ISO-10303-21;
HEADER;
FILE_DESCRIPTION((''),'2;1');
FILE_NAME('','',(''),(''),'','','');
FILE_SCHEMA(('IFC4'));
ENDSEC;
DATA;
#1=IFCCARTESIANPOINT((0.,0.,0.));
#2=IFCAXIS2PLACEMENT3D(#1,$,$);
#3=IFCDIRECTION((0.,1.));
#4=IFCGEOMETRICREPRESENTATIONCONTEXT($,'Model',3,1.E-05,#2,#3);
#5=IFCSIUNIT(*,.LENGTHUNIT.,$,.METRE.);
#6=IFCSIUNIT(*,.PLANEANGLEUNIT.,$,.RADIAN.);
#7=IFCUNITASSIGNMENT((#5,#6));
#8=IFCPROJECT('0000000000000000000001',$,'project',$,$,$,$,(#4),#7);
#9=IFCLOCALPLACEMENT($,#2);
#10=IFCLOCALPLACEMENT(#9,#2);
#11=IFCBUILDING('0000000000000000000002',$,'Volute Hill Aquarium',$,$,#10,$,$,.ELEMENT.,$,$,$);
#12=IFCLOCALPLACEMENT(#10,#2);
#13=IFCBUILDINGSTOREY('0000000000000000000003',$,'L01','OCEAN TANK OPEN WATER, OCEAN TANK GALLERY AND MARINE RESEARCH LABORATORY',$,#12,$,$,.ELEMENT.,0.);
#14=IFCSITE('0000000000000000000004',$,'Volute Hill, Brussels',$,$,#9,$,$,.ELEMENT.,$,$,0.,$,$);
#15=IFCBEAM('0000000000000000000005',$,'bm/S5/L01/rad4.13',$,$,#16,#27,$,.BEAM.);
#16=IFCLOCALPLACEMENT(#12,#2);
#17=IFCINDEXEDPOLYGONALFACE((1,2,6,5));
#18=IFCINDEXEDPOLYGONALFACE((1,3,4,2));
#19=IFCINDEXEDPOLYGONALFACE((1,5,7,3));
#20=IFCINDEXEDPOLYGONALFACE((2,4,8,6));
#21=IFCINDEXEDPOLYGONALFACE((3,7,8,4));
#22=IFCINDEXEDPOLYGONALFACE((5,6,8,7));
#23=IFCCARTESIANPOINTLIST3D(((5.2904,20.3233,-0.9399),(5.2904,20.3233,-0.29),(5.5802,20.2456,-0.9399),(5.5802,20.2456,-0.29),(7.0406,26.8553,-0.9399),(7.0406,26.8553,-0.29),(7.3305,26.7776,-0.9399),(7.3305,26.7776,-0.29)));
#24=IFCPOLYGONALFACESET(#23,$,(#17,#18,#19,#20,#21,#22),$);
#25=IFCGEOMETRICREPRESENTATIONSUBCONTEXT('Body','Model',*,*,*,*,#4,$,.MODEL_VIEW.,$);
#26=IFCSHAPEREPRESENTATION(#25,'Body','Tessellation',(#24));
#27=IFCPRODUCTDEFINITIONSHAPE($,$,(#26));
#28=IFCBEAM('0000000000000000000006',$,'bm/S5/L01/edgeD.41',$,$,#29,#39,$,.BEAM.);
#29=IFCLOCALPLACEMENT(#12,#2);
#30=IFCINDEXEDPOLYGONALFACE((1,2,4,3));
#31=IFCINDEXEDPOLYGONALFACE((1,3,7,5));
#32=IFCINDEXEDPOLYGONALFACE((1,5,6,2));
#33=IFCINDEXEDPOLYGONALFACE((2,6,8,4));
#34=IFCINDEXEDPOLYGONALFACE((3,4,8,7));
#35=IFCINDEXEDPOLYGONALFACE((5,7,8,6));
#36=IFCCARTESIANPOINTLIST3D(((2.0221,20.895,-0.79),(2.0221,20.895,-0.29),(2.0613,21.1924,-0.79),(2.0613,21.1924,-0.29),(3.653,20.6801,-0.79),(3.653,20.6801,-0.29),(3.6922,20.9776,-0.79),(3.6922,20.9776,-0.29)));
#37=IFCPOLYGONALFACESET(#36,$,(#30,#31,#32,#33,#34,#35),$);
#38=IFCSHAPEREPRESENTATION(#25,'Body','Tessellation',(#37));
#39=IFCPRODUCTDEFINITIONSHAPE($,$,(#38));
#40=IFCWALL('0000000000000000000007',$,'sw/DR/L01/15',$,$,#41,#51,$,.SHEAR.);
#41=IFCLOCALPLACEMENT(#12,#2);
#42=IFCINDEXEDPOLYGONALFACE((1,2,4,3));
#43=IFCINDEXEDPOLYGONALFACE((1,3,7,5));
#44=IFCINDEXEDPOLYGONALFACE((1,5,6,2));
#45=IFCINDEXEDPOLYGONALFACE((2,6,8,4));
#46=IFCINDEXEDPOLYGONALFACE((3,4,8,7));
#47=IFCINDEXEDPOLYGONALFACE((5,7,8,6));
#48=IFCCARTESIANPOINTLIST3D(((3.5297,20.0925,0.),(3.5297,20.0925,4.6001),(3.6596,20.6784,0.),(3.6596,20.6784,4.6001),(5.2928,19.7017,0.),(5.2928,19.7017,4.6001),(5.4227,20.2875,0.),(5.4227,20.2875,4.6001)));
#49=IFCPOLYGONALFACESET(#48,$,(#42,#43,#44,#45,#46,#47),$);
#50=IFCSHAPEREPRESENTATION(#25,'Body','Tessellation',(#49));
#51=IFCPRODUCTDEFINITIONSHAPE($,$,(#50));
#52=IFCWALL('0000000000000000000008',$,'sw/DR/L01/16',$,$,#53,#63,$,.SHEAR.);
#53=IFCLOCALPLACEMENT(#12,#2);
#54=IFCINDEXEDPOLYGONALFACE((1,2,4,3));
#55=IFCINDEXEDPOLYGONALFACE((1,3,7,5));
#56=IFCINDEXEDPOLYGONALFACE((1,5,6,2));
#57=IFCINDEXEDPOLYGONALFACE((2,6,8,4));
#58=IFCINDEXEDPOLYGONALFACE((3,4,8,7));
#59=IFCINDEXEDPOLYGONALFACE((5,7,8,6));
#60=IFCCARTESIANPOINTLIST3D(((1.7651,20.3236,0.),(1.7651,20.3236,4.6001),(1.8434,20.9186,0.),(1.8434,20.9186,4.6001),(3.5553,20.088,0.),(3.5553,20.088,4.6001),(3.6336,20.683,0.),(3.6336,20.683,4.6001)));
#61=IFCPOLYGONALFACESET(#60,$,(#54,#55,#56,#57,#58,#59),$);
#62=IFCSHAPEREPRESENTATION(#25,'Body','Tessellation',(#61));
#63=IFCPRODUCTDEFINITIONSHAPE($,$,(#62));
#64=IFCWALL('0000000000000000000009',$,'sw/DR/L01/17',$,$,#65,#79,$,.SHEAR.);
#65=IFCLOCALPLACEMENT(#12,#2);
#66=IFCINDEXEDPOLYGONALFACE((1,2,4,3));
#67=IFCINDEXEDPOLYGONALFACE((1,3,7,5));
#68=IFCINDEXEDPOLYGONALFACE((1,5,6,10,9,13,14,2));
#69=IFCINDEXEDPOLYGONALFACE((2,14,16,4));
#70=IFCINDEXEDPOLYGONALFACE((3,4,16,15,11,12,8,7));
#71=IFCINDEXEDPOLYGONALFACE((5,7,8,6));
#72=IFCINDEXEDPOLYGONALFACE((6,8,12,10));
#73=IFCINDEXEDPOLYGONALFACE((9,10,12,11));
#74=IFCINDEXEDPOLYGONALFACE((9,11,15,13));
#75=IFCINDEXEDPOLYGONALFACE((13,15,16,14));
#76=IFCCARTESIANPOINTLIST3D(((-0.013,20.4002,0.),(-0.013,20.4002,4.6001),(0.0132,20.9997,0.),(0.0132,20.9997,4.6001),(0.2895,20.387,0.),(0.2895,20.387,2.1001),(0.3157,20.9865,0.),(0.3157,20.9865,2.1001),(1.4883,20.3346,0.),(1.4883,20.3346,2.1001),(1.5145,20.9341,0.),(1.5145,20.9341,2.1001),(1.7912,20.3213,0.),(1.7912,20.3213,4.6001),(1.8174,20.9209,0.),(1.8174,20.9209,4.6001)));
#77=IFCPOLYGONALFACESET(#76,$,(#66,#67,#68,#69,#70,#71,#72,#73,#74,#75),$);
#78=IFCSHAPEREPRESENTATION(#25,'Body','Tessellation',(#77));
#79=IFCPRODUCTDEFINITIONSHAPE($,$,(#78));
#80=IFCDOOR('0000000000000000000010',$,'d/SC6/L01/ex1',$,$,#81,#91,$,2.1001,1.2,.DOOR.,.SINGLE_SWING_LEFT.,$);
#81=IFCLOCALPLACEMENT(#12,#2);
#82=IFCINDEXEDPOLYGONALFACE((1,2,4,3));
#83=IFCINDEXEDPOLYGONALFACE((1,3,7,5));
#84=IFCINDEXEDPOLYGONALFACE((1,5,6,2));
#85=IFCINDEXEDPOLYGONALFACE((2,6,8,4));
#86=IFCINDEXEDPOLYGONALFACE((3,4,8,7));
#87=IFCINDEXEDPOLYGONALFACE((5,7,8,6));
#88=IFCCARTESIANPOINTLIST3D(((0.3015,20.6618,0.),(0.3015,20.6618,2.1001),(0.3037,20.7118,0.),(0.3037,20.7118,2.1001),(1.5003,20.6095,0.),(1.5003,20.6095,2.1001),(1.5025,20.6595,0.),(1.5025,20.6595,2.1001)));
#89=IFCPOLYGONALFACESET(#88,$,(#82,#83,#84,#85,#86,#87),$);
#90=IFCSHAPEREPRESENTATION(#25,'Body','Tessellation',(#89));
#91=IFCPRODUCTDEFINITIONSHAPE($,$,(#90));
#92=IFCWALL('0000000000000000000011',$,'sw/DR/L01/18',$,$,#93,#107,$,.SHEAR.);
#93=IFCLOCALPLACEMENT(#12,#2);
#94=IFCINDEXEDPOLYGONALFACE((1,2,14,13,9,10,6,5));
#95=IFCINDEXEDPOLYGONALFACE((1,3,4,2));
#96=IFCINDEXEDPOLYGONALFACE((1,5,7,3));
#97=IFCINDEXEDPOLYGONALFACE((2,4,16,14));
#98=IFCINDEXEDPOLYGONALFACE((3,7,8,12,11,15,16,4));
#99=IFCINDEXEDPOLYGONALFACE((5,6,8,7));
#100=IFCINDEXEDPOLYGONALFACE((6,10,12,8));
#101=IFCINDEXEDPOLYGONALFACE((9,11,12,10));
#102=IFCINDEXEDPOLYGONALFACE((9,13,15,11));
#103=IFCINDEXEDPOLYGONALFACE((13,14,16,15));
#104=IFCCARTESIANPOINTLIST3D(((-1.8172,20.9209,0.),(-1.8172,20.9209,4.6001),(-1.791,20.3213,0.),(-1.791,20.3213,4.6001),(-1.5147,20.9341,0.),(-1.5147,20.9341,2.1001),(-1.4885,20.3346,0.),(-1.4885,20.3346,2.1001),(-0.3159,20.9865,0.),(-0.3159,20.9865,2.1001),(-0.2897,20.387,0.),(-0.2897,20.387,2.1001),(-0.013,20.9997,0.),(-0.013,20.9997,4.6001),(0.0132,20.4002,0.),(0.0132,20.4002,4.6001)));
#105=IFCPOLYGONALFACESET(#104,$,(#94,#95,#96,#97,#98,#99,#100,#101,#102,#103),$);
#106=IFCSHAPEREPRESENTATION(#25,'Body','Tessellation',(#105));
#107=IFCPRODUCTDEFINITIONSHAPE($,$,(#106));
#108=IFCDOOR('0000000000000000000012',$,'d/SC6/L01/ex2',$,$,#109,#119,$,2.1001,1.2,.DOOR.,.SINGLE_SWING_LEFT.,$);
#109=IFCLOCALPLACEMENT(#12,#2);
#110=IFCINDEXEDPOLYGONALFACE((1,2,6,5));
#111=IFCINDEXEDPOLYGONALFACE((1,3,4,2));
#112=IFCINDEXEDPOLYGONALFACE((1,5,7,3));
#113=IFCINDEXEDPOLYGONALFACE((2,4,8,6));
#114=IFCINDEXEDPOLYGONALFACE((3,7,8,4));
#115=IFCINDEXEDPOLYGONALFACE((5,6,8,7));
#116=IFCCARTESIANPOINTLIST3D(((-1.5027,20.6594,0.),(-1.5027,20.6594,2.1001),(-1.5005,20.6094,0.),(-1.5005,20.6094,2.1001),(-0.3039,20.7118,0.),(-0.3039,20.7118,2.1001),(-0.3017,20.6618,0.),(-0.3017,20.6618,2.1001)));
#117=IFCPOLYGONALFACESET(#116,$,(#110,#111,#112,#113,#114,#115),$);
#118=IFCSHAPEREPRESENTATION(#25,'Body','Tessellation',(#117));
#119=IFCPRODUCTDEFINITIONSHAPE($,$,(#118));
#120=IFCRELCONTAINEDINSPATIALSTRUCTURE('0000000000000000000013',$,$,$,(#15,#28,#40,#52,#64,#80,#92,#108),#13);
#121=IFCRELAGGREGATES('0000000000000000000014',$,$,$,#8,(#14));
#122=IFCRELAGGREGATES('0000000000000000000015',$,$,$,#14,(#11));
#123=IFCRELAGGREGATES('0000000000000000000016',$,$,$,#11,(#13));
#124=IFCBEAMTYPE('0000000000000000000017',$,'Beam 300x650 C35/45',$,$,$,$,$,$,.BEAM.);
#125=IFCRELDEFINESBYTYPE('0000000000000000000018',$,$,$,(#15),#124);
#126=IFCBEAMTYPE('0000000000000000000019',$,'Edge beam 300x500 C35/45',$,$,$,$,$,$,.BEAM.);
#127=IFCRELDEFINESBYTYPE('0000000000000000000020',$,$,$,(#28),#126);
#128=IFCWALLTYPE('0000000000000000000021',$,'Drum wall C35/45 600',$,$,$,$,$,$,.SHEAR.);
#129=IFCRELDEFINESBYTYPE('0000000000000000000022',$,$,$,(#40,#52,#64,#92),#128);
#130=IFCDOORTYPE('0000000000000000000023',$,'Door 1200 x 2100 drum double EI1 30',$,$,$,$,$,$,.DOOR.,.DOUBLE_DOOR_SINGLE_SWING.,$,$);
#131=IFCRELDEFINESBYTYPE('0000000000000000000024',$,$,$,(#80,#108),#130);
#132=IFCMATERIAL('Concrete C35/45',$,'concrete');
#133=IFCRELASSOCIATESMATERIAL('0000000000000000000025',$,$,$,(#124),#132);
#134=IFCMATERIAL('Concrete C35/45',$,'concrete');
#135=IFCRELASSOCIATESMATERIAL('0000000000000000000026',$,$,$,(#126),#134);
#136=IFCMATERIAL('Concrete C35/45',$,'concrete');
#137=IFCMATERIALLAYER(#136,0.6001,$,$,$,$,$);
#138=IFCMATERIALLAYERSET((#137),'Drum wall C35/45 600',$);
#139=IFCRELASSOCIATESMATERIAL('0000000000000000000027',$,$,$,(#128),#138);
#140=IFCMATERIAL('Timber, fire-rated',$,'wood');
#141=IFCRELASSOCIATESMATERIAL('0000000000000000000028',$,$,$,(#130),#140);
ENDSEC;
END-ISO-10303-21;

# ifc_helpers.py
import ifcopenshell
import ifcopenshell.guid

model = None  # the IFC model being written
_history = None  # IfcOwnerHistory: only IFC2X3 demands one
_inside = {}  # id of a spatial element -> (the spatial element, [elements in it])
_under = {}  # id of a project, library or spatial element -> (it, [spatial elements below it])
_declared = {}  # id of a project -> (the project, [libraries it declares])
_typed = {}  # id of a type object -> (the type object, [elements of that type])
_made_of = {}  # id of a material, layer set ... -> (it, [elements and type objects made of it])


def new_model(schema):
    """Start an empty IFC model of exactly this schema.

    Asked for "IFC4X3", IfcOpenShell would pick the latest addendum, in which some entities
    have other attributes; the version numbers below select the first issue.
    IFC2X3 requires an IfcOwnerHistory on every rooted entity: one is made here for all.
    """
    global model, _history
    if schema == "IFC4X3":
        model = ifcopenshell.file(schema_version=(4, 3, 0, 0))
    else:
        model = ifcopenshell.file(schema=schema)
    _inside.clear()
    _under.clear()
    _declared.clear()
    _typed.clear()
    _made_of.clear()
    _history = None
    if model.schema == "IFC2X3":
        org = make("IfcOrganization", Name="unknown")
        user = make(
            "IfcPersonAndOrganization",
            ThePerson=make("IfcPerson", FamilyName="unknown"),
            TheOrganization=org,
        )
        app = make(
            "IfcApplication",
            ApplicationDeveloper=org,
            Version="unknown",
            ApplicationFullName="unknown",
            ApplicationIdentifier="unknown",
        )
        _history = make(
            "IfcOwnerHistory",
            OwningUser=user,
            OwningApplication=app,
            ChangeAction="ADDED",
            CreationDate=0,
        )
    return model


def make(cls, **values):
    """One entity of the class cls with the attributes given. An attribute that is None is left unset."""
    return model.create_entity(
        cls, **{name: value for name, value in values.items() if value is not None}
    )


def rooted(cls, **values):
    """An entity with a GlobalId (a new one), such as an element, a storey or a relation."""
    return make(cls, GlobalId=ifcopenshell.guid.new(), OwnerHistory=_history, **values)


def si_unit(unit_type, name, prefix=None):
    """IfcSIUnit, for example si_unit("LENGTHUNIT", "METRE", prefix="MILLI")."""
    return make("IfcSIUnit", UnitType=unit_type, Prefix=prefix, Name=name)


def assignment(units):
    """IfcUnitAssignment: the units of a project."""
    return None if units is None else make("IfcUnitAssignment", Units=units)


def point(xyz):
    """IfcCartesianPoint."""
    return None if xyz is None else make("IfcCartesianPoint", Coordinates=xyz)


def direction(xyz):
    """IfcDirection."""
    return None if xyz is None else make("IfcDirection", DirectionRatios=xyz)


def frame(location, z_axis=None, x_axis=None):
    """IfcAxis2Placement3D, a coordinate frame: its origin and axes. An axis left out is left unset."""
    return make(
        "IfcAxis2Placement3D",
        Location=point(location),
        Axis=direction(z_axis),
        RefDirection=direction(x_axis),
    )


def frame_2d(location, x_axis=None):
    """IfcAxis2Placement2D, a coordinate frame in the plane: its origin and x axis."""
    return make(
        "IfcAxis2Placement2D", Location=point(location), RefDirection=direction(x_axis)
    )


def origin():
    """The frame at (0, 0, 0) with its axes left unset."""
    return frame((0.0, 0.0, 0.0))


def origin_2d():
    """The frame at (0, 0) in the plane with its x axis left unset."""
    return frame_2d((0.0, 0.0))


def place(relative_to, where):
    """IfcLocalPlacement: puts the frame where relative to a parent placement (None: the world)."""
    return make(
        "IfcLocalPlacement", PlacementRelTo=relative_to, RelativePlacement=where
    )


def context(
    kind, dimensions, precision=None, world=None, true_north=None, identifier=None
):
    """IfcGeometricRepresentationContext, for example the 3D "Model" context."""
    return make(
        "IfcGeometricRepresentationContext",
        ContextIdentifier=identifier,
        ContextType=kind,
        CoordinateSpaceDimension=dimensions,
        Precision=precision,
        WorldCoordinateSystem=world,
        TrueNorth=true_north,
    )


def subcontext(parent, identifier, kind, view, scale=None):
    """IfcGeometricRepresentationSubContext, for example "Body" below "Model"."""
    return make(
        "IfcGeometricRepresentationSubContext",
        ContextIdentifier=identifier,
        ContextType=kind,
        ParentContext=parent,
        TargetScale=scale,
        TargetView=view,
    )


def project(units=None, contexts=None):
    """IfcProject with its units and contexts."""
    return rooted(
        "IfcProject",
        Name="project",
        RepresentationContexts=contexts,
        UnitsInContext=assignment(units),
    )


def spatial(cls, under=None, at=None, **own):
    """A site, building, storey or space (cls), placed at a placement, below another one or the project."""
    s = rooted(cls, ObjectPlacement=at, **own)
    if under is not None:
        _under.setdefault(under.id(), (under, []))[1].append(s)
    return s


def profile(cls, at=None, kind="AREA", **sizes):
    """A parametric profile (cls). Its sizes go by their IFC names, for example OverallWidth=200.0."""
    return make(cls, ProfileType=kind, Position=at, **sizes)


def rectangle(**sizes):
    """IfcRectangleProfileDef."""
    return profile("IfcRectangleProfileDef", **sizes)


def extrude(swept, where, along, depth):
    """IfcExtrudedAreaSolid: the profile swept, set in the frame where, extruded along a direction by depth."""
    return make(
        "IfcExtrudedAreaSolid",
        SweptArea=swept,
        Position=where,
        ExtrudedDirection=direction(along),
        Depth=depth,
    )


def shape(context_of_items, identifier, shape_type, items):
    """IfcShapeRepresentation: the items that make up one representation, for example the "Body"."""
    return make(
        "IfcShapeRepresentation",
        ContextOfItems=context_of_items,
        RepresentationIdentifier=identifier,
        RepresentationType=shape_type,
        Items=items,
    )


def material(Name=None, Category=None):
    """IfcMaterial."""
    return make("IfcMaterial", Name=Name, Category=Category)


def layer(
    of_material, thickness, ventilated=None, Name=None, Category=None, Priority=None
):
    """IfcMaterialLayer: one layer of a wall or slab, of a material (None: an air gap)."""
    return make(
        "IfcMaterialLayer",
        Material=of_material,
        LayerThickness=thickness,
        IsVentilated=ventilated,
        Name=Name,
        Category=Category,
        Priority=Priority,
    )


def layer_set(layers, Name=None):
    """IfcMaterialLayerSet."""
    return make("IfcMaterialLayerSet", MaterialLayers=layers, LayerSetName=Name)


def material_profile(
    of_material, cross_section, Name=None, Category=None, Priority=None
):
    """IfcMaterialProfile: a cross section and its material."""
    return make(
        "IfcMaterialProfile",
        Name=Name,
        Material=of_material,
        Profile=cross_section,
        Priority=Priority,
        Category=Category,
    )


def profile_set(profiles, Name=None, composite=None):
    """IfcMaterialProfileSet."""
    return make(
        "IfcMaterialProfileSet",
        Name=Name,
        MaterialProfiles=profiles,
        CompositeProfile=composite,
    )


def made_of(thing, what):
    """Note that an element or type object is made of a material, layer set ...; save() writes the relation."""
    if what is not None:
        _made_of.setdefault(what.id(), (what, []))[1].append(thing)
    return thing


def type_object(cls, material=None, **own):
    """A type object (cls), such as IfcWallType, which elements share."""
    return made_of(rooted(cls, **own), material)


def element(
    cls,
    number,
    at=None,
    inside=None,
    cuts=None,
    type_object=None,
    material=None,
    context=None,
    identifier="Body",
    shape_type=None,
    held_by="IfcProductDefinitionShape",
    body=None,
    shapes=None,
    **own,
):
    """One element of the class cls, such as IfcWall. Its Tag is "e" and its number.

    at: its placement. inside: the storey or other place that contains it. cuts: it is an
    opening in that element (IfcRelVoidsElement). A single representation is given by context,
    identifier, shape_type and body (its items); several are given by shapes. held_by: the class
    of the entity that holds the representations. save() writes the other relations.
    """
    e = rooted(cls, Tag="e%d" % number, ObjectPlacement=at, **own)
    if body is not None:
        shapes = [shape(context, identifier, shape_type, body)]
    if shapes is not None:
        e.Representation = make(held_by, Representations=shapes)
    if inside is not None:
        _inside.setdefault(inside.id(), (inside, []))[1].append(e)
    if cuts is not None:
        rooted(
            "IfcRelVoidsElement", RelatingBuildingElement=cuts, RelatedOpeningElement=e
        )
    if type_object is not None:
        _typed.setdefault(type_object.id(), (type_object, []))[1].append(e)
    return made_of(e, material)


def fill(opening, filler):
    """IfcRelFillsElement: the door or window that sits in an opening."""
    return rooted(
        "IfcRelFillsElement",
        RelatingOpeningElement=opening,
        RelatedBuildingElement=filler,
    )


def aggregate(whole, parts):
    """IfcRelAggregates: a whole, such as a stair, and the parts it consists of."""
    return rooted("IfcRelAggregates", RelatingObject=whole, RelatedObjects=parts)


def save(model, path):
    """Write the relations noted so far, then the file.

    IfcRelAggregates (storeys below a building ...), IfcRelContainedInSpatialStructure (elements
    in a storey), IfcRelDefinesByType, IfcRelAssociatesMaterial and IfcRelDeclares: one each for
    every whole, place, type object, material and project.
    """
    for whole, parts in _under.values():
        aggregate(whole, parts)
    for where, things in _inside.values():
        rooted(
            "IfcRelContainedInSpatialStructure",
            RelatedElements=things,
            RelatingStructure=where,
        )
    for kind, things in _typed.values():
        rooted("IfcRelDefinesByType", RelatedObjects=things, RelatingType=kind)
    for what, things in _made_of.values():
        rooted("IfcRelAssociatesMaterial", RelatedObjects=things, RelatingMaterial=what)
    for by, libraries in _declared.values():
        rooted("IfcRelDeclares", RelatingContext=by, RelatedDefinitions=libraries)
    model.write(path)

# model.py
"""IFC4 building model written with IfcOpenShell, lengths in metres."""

from ifc_helpers import new_model, si_unit, direction, frame, frame_2d, origin, origin_2d, place, context, subcontext, project, spatial, rectangle, extrude, material, layer, layer_set, material_profile, profile_set, type_object, element, fill, save


model = new_model("IFC4")

# Units and contexts
model_context = context("Model", 3, precision=1e-05, world=origin(), true_north=direction((0.0, 1.0)))
body_context = subcontext(model_context, "Body", "Model", "MODEL_VIEW")
ifc_project = project(units=[si_unit("LENGTHUNIT", "METRE"), si_unit("PLANEANGLEUNIT", "RADIAN")], contexts=[model_context])

# Site, building, storey
site_placement = place(None, origin())
site = spatial("IfcSite", under=ifc_project, at=site_placement, Name="Volute Hill, Brussels", CompositionType="ELEMENT", RefElevation=0.0)
building_placement = place(site_placement, origin())
building = spatial("IfcBuilding", under=site, at=building_placement, Name="Volute Hill Aquarium", CompositionType="ELEMENT")
storey_placement = place(building_placement, origin())
storey = spatial("IfcBuildingStorey", under=building, at=storey_placement, Name="L01", Description="OCEAN TANK OPEN WATER, OCEAN TANK GALLERY AND MARINE RESEARCH LABORATORY", CompositionType="ELEMENT", Elevation=0.0)

# Beams
ifc_material_1 = material(Name="Concrete C35/45", Category="concrete")
ifc_material_profile_1 = material_profile(ifc_material_1, rectangle(XDim=0.3, YDim=0.6499, at=origin_2d()), Name="RC beam 300x650")
ifc_profile_set_1 = profile_set([ifc_material_profile_1], Name="Concrete C35/45")
beam_type_1 = type_object("IfcBeamType", Name="Beam 300x650 C35/45", PredefinedType="BEAM", material=ifc_profile_set_1)
beam_1_placement = place(storey_placement, frame((5.4353, 20.2844, -0.615), z_axis=(0.25882, 0.965926, 0.0), x_axis=(-0.965926, 0.25882, 0.0)))
element("IfcBeam", 1, at=beam_1_placement, inside=storey, type_object=beam_type_1, Name="bm/S5/L01/rad4.13", PredefinedType="BEAM", context=body_context, shape_type="SweptSolid", body=[
    extrude(rectangle(XDim=0.3, YDim=0.6499, at=origin_2d()), origin(), (0.0, 0.0, 1.0), 6.7625),
])
ifc_material_2 = material(Name="Concrete C35/45", Category="concrete")
ifc_material_profile_2 = material_profile(ifc_material_2, rectangle(XDim=0.3, YDim=0.5, at=origin_2d()), Name="RC edge beam 300x500")
ifc_profile_set_2 = profile_set([ifc_material_profile_2], Name="Concrete C35/45")
beam_type_2 = type_object("IfcBeamType", Name="Edge beam 300x500 C35/45", PredefinedType="BEAM", material=ifc_profile_set_2)
beam_2_placement = place(storey_placement, frame((3.6726, 20.8289, -0.54), z_axis=(-0.991434, 0.130608, 0.0), x_axis=(-0.130608, -0.991434, 0.0)))
element("IfcBeam", 2, at=beam_2_placement, inside=storey, type_object=beam_type_2, Name="bm/S5/L01/edgeD.41", PredefinedType="BEAM", context=body_context, shape_type="SweptSolid", body=[
    extrude(rectangle(XDim=0.3, YDim=0.5, at=origin_2d()), origin(), (0.0, 0.0, 1.0), 1.645),
])

# Walls
ifc_material_3 = material(Name="Concrete C35/45", Category="concrete")
ifc_layer_1 = layer(ifc_material_3, 0.6001)
ifc_layer_set_1 = layer_set([ifc_layer_1], Name="Drum wall C35/45 600")
wall_type_1 = type_object("IfcWallType", Name="Drum wall C35/45 600", PredefinedType="SHEAR", material=ifc_layer_set_1)
wall_1_placement = place(storey_placement, frame((5.3577, 19.9946, 0.0), z_axis=(0.0, 0.0, 1.0), x_axis=(-0.976298, 0.216429, 0.0)))
element("IfcWall", 3, at=wall_1_placement, inside=storey, type_object=wall_type_1, Name="sw/DR/L01/15", PredefinedType="SHEAR", context=body_context, shape_type="SweptSolid", body=[
    extrude(rectangle(XDim=1.8059, YDim=0.6001, at=frame_2d((0.9028, 0.0))), origin(), (0.0, 0.0, 1.0), 4.6001),
])
wall_2_placement = place(storey_placement, frame((3.5945, 20.3855, 0.0), z_axis=(0.0, 0.0, 1.0), x_axis=(-0.991452, 0.130472, 0.0)))
element("IfcWall", 4, at=wall_2_placement, inside=storey, type_object=wall_type_1, Name="sw/DR/L01/16", PredefinedType="SHEAR", context=body_context, shape_type="SweptSolid", body=[
    extrude(rectangle(XDim=1.8057, YDim=0.6001, at=frame_2d((0.9028, 0.0))), origin(), (0.0, 0.0, 1.0), 4.6001),
])

# Walls, openings, doors
wall_3_placement = place(storey_placement, frame((1.8042, 20.6211, 0.0), z_axis=(0.0, 0.0, 1.0), x_axis=(-0.999046, 0.043666, 0.0)))
wall_3 = element("IfcWall", 5, at=wall_3_placement, inside=storey, type_object=wall_type_1, Name="sw/DR/L01/17", PredefinedType="SHEAR", context=body_context, shape_type="SweptSolid", body=[
    extrude(rectangle(XDim=1.8059, YDim=0.6001, at=frame_2d((0.9028, 0.0))), origin(), (0.0, 0.0, 1.0), 4.6001),
])
opening_1_placement = place(wall_3_placement, frame((0.303, 0.0, 0.0)))
opening_1 = element("IfcOpeningElement", 6, at=opening_1_placement, cuts=wall_3, PredefinedType="OPENING", context=body_context, shape_type="SweptSolid", body=[
    extrude(rectangle(XDim=1.2, YDim=2.1001, at=frame_2d((0.6001, 1.05))), frame((0.0, 0.3101, 0.0), z_axis=(0.0, -1.0, 0.0), x_axis=(1.0, 0.0, 0.0)), (0.0, 0.0, 1.0), 0.6201),
])
ifc_material_4 = material(Name="Timber, fire-rated", Category="wood")
door_type_1 = type_object("IfcDoorType", Name="Door 1200 x 2100 drum double EI1 30", OperationType="DOUBLE_DOOR_SINGLE_SWING", PredefinedType="DOOR", material=ifc_material_4)
door_1_placement = place(opening_1_placement, origin())
door_1 = element("IfcDoor", 7, at=door_1_placement, inside=storey, type_object=door_type_1, Name="d/SC6/L01/ex1", OperationType="SINGLE_SWING_LEFT", OverallHeight=2.1001, OverallWidth=1.2, PredefinedType="DOOR", context=body_context, shape_type="SweptSolid", body=[
    extrude(rectangle(XDim=1.2, YDim=2.1001, at=frame_2d((0.6001, 1.05))), frame((0.0, 0.0249, 0.0), z_axis=(0.0, -1.0, 0.0), x_axis=(1.0, 0.0, 0.0)), (0.0, 0.0, 1.0), 0.05),
])
fill(opening_1, door_1)
wall_4_placement = place(storey_placement, frame((0.0, 20.7, 0.0), z_axis=(0.0, 0.0, 1.0), x_axis=(-0.999046, -0.043666, 0.0)))
wall_4 = element("IfcWall", 8, at=wall_4_placement, inside=storey, type_object=wall_type_1, Name="sw/DR/L01/18", PredefinedType="SHEAR", context=body_context, shape_type="SweptSolid", body=[
    extrude(rectangle(XDim=1.8059, YDim=0.6001, at=frame_2d((0.9028, 0.0))), origin(), (0.0, 0.0, 1.0), 4.6001),
])
opening_2_placement = place(wall_4_placement, frame((0.303, 0.0, 0.0)))
opening_2 = element("IfcOpeningElement", 9, at=opening_2_placement, cuts=wall_4, PredefinedType="OPENING", context=body_context, shape_type="SweptSolid", body=[
    extrude(rectangle(XDim=1.2, YDim=2.1001, at=frame_2d((0.6001, 1.05))), frame((0.0, 0.3101, 0.0), z_axis=(0.0, -1.0, 0.0), x_axis=(1.0, 0.0, 0.0)), (0.0, 0.0, 1.0), 0.6201),
])
door_2_placement = place(opening_2_placement, origin())
door_2 = element("IfcDoor", 10, at=door_2_placement, inside=storey, type_object=door_type_1, Name="d/SC6/L01/ex2", OperationType="SINGLE_SWING_LEFT", OverallHeight=2.1001, OverallWidth=1.2, PredefinedType="DOOR", context=body_context, shape_type="SweptSolid", body=[
    extrude(rectangle(XDim=1.2, YDim=2.1001, at=frame_2d((0.6001, 1.05))), frame((0.0, 0.0249, 0.0), z_axis=(0.0, -1.0, 0.0), x_axis=(1.0, 0.0, 0.0)), (0.0, 0.0, 1.0), 0.05),
])
fill(opening_2, door_2)

save(model, "model.ifc")
